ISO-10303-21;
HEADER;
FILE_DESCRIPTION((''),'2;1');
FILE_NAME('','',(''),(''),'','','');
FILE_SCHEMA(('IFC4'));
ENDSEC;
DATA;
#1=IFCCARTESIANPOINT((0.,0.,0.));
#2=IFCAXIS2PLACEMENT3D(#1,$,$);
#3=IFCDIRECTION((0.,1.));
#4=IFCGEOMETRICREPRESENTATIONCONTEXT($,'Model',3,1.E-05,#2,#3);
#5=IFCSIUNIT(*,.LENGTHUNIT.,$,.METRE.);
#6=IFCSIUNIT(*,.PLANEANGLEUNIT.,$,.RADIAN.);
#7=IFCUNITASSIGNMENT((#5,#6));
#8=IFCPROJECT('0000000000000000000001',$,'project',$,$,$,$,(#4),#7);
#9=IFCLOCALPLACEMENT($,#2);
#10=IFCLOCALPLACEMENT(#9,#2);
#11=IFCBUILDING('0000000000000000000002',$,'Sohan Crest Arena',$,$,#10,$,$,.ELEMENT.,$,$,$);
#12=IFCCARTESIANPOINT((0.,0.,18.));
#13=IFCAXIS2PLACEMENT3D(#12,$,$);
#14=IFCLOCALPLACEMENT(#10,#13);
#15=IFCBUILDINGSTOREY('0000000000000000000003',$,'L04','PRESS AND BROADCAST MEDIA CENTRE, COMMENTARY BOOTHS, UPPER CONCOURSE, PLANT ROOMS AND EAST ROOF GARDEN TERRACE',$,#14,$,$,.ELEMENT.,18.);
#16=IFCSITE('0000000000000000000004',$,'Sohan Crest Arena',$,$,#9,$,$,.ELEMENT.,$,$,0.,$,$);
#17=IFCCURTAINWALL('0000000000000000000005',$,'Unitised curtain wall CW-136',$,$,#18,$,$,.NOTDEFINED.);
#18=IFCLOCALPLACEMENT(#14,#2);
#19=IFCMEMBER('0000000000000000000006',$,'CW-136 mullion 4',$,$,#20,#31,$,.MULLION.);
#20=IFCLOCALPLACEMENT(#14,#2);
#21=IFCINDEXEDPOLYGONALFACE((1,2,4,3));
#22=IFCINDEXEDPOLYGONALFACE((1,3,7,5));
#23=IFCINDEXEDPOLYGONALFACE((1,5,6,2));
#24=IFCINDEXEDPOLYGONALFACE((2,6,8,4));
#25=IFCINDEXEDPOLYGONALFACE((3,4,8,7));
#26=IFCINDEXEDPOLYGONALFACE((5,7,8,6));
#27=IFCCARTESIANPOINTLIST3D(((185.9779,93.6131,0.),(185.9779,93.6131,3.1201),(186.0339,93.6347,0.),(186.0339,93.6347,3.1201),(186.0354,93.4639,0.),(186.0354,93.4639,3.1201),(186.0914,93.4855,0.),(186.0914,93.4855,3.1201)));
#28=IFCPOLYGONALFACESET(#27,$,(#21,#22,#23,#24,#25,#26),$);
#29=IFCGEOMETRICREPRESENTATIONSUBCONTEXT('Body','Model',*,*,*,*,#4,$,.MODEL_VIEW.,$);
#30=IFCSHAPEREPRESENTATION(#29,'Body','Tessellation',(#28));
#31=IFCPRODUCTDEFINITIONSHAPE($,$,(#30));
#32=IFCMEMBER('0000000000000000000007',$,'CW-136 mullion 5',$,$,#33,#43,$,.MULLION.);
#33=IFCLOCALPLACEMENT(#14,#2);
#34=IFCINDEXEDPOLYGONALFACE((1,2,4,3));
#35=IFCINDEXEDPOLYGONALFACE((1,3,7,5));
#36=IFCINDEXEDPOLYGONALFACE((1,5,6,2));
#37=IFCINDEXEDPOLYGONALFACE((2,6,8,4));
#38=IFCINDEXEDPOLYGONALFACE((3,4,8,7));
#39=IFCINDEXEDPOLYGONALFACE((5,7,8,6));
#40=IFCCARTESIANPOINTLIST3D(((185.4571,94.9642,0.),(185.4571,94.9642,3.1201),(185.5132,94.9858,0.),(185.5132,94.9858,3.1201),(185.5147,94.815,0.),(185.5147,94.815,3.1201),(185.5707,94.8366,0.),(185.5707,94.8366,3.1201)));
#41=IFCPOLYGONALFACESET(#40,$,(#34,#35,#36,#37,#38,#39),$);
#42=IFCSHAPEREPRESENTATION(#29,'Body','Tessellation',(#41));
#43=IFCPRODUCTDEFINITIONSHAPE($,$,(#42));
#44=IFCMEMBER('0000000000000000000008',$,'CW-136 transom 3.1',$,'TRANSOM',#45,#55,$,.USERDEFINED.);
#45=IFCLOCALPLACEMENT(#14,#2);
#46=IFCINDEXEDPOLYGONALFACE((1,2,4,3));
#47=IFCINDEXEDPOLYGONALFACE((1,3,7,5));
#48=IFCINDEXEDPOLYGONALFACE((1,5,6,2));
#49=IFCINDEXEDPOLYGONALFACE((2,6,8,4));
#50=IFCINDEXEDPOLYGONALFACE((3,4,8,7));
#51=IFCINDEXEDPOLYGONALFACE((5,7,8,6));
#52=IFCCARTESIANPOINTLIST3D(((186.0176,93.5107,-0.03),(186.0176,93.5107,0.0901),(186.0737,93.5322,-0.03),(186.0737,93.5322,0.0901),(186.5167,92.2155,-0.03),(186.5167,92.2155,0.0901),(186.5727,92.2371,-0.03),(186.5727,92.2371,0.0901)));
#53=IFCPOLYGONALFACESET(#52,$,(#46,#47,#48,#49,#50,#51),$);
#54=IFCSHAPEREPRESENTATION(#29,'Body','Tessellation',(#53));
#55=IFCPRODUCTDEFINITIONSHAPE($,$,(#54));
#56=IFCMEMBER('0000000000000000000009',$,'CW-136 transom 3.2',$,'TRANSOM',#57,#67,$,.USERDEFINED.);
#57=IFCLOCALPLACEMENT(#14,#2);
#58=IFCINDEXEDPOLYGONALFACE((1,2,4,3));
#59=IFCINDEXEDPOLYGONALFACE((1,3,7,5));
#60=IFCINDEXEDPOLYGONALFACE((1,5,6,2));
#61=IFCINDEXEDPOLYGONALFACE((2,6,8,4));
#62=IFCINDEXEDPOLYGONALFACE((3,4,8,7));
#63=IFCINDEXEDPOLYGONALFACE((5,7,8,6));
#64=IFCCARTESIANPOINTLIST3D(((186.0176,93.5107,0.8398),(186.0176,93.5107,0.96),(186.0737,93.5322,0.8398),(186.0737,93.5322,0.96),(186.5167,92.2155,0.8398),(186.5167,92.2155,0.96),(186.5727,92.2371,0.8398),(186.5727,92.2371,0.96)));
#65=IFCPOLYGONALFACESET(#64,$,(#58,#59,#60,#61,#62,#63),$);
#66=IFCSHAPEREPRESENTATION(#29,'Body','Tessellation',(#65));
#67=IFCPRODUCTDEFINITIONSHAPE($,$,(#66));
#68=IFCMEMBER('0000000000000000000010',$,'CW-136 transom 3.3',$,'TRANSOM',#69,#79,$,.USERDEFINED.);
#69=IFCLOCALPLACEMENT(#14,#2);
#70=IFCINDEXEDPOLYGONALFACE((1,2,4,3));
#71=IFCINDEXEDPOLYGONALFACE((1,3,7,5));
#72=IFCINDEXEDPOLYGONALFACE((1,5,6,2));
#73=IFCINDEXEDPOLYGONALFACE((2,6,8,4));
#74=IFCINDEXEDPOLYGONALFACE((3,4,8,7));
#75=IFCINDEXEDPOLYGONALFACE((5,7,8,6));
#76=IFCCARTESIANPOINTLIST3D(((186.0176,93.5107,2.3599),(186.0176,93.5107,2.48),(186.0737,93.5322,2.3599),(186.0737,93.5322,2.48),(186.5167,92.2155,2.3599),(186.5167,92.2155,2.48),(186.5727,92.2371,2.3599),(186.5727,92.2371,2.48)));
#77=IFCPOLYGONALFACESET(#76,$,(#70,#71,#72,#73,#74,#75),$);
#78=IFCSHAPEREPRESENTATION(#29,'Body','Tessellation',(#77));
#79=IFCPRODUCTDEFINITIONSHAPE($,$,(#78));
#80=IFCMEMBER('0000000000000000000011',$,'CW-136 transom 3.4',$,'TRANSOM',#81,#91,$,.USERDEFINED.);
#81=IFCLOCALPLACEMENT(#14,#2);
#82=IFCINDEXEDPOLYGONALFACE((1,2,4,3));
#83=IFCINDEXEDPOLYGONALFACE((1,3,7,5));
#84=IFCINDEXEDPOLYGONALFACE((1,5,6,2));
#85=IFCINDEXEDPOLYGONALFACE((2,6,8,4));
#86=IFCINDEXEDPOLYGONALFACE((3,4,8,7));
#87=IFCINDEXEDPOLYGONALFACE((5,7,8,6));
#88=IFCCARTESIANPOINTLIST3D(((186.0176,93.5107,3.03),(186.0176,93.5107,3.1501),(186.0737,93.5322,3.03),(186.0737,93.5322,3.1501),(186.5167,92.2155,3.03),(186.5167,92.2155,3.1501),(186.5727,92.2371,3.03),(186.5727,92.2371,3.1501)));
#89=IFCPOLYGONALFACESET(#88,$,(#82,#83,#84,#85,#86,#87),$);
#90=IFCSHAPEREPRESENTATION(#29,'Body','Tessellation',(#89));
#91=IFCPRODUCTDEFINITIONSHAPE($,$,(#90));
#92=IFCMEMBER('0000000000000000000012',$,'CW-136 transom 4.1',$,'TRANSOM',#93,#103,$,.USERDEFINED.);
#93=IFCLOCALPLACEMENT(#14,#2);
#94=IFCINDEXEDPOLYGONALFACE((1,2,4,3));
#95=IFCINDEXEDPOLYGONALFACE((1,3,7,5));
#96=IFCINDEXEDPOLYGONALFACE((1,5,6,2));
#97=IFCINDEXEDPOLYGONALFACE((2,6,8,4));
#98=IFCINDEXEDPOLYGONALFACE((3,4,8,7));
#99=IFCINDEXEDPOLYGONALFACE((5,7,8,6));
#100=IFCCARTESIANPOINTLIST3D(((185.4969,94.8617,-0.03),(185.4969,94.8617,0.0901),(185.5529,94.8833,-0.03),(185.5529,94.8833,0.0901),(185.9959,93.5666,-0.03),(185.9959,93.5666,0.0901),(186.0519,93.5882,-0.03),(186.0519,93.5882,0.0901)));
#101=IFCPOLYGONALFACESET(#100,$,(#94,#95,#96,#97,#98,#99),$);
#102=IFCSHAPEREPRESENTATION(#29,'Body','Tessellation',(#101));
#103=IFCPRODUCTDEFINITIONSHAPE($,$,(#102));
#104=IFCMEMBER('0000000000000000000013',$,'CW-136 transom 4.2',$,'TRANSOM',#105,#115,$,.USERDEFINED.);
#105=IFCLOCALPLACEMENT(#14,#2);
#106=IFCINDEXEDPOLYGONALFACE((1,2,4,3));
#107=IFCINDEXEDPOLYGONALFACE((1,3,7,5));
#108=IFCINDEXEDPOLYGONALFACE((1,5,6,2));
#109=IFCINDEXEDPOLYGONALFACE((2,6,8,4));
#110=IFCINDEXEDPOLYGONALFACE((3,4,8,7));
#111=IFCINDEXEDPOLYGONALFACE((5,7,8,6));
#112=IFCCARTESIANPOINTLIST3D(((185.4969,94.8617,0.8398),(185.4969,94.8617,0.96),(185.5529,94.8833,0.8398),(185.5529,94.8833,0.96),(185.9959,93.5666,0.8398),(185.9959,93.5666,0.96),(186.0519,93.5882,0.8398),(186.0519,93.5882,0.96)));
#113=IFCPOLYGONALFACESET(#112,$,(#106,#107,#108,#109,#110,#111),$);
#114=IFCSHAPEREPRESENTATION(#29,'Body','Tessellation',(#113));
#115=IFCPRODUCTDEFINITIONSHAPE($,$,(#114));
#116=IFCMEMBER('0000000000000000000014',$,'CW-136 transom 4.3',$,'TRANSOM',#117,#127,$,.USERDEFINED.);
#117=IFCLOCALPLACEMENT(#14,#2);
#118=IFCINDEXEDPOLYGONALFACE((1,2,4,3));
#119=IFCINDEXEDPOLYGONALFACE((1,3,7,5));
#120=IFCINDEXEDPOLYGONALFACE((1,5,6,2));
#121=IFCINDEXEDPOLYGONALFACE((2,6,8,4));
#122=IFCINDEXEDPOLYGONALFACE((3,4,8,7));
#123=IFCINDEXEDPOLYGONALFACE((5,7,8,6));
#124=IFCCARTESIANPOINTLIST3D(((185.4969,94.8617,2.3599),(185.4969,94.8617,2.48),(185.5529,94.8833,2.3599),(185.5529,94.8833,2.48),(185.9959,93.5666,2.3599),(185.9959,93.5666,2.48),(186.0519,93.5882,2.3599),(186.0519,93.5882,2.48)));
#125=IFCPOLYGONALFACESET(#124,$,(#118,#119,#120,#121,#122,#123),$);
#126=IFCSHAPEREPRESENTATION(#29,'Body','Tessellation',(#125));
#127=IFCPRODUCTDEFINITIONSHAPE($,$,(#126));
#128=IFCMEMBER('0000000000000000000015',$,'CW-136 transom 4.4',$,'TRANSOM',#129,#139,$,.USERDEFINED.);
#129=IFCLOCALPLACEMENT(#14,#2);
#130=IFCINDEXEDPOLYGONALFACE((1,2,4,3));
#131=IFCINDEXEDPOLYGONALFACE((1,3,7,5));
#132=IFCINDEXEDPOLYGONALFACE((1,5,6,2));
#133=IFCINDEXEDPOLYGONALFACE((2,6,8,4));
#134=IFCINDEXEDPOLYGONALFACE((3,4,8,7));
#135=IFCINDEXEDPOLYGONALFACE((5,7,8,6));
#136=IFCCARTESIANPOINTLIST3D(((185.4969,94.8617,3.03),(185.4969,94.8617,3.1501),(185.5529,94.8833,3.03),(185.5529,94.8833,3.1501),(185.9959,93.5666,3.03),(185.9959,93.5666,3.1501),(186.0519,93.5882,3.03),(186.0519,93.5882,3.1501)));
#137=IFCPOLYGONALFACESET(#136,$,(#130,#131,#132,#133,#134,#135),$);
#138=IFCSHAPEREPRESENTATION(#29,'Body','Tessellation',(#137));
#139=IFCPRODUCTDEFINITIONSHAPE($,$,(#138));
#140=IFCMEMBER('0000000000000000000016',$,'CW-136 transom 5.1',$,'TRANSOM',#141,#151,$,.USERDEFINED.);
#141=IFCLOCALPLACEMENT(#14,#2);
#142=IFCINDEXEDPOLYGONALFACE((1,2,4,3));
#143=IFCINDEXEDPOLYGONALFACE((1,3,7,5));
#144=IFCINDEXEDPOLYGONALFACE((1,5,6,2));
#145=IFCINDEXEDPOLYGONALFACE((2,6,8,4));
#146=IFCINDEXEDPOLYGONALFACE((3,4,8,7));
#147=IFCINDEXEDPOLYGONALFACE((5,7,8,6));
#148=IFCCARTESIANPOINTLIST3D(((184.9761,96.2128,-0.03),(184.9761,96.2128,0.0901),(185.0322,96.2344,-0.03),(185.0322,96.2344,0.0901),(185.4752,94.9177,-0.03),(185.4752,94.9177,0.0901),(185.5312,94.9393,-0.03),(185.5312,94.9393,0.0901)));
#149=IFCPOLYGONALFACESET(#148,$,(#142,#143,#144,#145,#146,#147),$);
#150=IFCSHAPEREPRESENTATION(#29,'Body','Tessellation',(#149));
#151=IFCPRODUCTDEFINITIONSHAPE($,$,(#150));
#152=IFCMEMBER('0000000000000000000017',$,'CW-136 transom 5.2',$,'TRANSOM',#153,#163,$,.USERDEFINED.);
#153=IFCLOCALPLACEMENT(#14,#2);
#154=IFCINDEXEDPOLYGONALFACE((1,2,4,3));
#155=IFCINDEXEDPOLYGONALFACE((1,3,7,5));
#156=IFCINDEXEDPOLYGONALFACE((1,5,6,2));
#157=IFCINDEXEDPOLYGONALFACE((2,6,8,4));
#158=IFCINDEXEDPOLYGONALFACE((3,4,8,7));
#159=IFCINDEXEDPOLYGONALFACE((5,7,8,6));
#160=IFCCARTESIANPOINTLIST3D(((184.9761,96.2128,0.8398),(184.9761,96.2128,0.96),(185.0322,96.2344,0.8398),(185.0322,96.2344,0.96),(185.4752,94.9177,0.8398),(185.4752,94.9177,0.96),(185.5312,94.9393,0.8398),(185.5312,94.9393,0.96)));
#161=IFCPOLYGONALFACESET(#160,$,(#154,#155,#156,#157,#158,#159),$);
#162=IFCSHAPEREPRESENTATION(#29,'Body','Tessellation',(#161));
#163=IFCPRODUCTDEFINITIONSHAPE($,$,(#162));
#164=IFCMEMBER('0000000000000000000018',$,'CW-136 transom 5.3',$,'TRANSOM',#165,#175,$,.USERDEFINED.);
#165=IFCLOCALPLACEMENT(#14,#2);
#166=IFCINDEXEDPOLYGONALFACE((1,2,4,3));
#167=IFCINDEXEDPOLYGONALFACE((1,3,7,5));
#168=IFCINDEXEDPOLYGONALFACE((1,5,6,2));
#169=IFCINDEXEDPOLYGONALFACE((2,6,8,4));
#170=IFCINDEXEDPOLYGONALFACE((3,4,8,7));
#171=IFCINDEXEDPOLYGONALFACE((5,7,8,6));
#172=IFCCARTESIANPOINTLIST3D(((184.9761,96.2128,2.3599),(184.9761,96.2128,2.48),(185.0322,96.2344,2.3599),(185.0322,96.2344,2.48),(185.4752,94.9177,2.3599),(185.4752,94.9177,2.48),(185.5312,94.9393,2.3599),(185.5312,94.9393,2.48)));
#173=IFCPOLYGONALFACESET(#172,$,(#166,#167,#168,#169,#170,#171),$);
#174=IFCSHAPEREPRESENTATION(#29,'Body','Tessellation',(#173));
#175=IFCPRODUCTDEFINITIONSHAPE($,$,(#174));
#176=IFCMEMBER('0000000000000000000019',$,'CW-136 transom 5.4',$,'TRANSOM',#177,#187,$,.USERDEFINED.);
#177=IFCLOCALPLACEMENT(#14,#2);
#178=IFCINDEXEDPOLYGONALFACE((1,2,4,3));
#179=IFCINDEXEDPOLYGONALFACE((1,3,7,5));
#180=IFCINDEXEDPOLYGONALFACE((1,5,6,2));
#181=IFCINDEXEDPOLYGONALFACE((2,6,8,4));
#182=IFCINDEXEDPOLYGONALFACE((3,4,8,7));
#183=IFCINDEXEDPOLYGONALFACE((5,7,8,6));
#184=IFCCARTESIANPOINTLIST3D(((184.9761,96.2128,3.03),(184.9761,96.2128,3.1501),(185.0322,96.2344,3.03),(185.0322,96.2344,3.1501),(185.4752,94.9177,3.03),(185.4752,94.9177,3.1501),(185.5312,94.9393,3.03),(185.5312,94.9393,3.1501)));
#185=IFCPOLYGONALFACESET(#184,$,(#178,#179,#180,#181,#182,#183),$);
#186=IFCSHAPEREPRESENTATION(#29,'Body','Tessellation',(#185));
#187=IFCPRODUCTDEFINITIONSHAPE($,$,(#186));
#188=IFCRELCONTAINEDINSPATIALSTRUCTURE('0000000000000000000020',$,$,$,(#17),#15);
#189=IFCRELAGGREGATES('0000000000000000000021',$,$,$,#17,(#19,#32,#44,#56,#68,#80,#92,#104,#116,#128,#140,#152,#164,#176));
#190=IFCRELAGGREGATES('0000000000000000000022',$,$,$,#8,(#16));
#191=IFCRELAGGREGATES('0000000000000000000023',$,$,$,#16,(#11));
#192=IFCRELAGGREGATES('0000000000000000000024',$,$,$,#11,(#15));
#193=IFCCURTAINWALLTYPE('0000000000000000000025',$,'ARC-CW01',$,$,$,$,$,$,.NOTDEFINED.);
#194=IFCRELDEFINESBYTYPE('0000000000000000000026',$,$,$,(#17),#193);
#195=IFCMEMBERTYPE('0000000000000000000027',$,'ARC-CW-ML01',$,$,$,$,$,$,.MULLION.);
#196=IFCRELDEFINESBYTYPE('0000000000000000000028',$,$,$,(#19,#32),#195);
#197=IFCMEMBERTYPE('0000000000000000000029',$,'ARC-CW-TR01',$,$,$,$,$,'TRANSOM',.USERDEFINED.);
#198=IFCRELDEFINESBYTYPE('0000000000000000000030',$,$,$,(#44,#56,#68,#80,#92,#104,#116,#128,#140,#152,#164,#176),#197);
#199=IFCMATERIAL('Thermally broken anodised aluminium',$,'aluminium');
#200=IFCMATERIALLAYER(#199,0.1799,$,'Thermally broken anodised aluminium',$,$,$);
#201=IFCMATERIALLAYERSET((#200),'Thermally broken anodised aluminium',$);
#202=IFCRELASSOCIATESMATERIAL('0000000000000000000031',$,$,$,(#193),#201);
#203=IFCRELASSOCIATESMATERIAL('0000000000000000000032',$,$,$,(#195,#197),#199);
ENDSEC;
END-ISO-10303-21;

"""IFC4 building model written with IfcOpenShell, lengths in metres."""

from ifc_helpers import new_model, si_unit, direction, frame, origin, origin_2d, place, context, subcontext, project, spatial, rectangle, extrude, material, layer, layer_set, material_profile, profile_set, type_object, element, aggregate, save


model = new_model("IFC4")

# Units and contexts
model_context = context("Model", 3, precision=1e-05, world=origin(), true_north=direction((0.0, 1.0)))
body_context = subcontext(model_context, "Body", "Model", "MODEL_VIEW")
ifc_project = project(units=[si_unit("LENGTHUNIT", "METRE"), si_unit("PLANEANGLEUNIT", "RADIAN")], contexts=[model_context])

# Site, building, storey
site_placement = place(None, origin())
site = spatial("IfcSite", under=ifc_project, at=site_placement, Name="Sohan Crest Arena", CompositionType="ELEMENT", RefElevation=0.0)
building_placement = place(site_placement, origin())
building = spatial("IfcBuilding", under=site, at=building_placement, Name="Sohan Crest Arena", CompositionType="ELEMENT")
storey_placement = place(building_placement, frame((0.0, 0.0, 18.0)))
storey = spatial("IfcBuildingStorey", under=building, at=storey_placement, Name="L04", Description="PRESS AND BROADCAST MEDIA CENTRE, COMMENTARY BOOTHS, UPPER CONCOURSE, PLANT ROOMS AND EAST ROOF GARDEN TERRACE", CompositionType="ELEMENT", Elevation=18.0)

# Curtain wall, members
ifc_material_1 = material(Name="Thermally broken anodised aluminium", Category="aluminium")
ifc_layer_1 = layer(ifc_material_1, 0.1799, Name="Thermally broken anodised aluminium")
ifc_layer_set_1 = layer_set([ifc_layer_1], Name="Thermally broken anodised aluminium")
curtain_wall_type = type_object("IfcCurtainWallType", Name="ARC-CW01", PredefinedType="NOTDEFINED", material=ifc_layer_set_1)
curtain_wall_placement = place(storey_placement, origin())
curtain_wall = element("IfcCurtainWall", 1, at=curtain_wall_placement, inside=storey, type_object=curtain_wall_type, Name="Unitised curtain wall CW-136", PredefinedType="NOTDEFINED")
ifc_material_profile_1 = material_profile(ifc_material_1, rectangle(XDim=0.0601, YDim=0.1599, at=origin_2d()), Name="ALU-MULL 60x160")
ifc_profile_set_1 = profile_set([ifc_material_profile_1], Name="Thermally broken anodised aluminium")
member_type_1 = type_object("IfcMemberType", Name="ARC-CW-ML01", PredefinedType="MULLION", material=ifc_profile_set_1)
member_1_placement = place(storey_placement, frame((186.0347, 93.5493, 0.0), z_axis=(0.0, 0.0, 1.0), x_axis=(-0.933094, -0.359633, 0.0)))
member_1 = element("IfcMember", 2, at=member_1_placement, type_object=member_type_1, Name="CW-136 mullion 4", PredefinedType="MULLION", context=body_context, shape_type="SweptSolid", body=[
    extrude(rectangle(XDim=0.0601, YDim=0.1599, at=origin_2d()), origin(), (0.0, 0.0, 1.0), 3.1201),
])
member_2_placement = place(storey_placement, frame((185.5139, 94.9004, 0.0), z_axis=(0.0, 0.0, 1.0), x_axis=(-0.933094, -0.359633, 0.0)))
member_2 = element("IfcMember", 3, at=member_2_placement, type_object=member_type_1, Name="CW-136 mullion 5", PredefinedType="MULLION", context=body_context, shape_type="SweptSolid", body=[
    extrude(rectangle(XDim=0.0601, YDim=0.1599, at=origin_2d()), origin(), (0.0, 0.0, 1.0), 3.1201),
])
ifc_material_profile_2 = material_profile(ifc_material_1, rectangle(XDim=0.0601, YDim=0.1201, at=origin_2d()), Name="ALU-TRAN 60x120")
ifc_profile_set_2 = profile_set([ifc_material_profile_2], Name="Thermally broken anodised aluminium")
member_type_2 = type_object("IfcMemberType", Name="ARC-CW-TR01", ElementType="TRANSOM", PredefinedType="USERDEFINED", material=ifc_profile_set_2)
member_3_placement = place(storey_placement, frame((186.5447, 92.2263, 0.03), z_axis=(-0.359533, 0.933132, 0.0), x_axis=(-0.933132, -0.359533, 0.0)))
member_3 = element("IfcMember", 4, at=member_3_placement, type_object=member_type_2, Name="CW-136 transom 3.1", ObjectType="TRANSOM", PredefinedType="USERDEFINED", context=body_context, shape_type="SweptSolid", body=[
    extrude(rectangle(XDim=0.0601, YDim=0.1201, at=origin_2d()), origin(), (0.0, 0.0, 1.0), 1.3879),
])
member_4_placement = place(storey_placement, frame((186.5447, 92.2263, 0.8999), z_axis=(-0.359533, 0.933132, 0.0), x_axis=(-0.933132, -0.359533, 0.0)))
member_4 = element("IfcMember", 5, at=member_4_placement, type_object=member_type_2, Name="CW-136 transom 3.2", ObjectType="TRANSOM", PredefinedType="USERDEFINED", context=body_context, shape_type="SweptSolid", body=[
    extrude(rectangle(XDim=0.0601, YDim=0.1201, at=origin_2d()), origin(), (0.0, 0.0, 1.0), 1.3879),
])
member_5_placement = place(storey_placement, frame((186.5447, 92.2263, 2.4199), z_axis=(-0.359533, 0.933132, 0.0), x_axis=(-0.933132, -0.359533, 0.0)))
member_5 = element("IfcMember", 6, at=member_5_placement, type_object=member_type_2, Name="CW-136 transom 3.3", ObjectType="TRANSOM", PredefinedType="USERDEFINED", context=body_context, shape_type="SweptSolid", body=[
    extrude(rectangle(XDim=0.0601, YDim=0.1201, at=origin_2d()), origin(), (0.0, 0.0, 1.0), 1.3879),
])
member_6_placement = place(storey_placement, frame((186.5447, 92.2263, 3.0901), z_axis=(-0.359533, 0.933132, 0.0), x_axis=(-0.933132, -0.359533, 0.0)))
member_6 = element("IfcMember", 7, at=member_6_placement, type_object=member_type_2, Name="CW-136 transom 3.4", ObjectType="TRANSOM", PredefinedType="USERDEFINED", context=body_context, shape_type="SweptSolid", body=[
    extrude(rectangle(XDim=0.0601, YDim=0.1201, at=origin_2d()), origin(), (0.0, 0.0, 1.0), 1.3879),
])
member_7_placement = place(storey_placement, frame((186.0239, 93.5774, 0.03), z_axis=(-0.359533, 0.933132, 0.0), x_axis=(-0.933132, -0.359533, 0.0)))
member_7 = element("IfcMember", 8, at=member_7_placement, type_object=member_type_2, Name="CW-136 transom 4.1", ObjectType="TRANSOM", PredefinedType="USERDEFINED", context=body_context, shape_type="SweptSolid", body=[
    extrude(rectangle(XDim=0.0601, YDim=0.1201, at=origin_2d()), origin(), (0.0, 0.0, 1.0), 1.3879),
])
member_8_placement = place(storey_placement, frame((186.0239, 93.5774, 0.8999), z_axis=(-0.359533, 0.933132, 0.0), x_axis=(-0.933132, -0.359533, 0.0)))
member_8 = element("IfcMember", 9, at=member_8_placement, type_object=member_type_2, Name="CW-136 transom 4.2", ObjectType="TRANSOM", PredefinedType="USERDEFINED", context=body_context, shape_type="SweptSolid", body=[
    extrude(rectangle(XDim=0.0601, YDim=0.1201, at=origin_2d()), origin(), (0.0, 0.0, 1.0), 1.3879),
])
member_9_placement = place(storey_placement, frame((186.0239, 93.5774, 2.4199), z_axis=(-0.359533, 0.933132, 0.0), x_axis=(-0.933132, -0.359533, 0.0)))
member_9 = element("IfcMember", 10, at=member_9_placement, type_object=member_type_2, Name="CW-136 transom 4.3", ObjectType="TRANSOM", PredefinedType="USERDEFINED", context=body_context, shape_type="SweptSolid", body=[
    extrude(rectangle(XDim=0.0601, YDim=0.1201, at=origin_2d()), origin(), (0.0, 0.0, 1.0), 1.3879),
])
member_10_placement = place(storey_placement, frame((186.0239, 93.5774, 3.0901), z_axis=(-0.359533, 0.933132, 0.0), x_axis=(-0.933132, -0.359533, 0.0)))
member_10 = element("IfcMember", 11, at=member_10_placement, type_object=member_type_2, Name="CW-136 transom 4.4", ObjectType="TRANSOM", PredefinedType="USERDEFINED", context=body_context, shape_type="SweptSolid", body=[
    extrude(rectangle(XDim=0.0601, YDim=0.1201, at=origin_2d()), origin(), (0.0, 0.0, 1.0), 1.3879),
])
member_11_placement = place(storey_placement, frame((185.5032, 94.9285, 0.03), z_axis=(-0.359533, 0.933132, 0.0), x_axis=(-0.933132, -0.359533, 0.0)))
member_11 = element("IfcMember", 12, at=member_11_placement, type_object=member_type_2, Name="CW-136 transom 5.1", ObjectType="TRANSOM", PredefinedType="USERDEFINED", context=body_context, shape_type="SweptSolid", body=[
    extrude(rectangle(XDim=0.0601, YDim=0.1201, at=origin_2d()), origin(), (0.0, 0.0, 1.0), 1.3879),
])
member_12_placement = place(storey_placement, frame((185.5032, 94.9285, 0.8999), z_axis=(-0.359533, 0.933132, 0.0), x_axis=(-0.933132, -0.359533, 0.0)))
member_12 = element("IfcMember", 13, at=member_12_placement, type_object=member_type_2, Name="CW-136 transom 5.2", ObjectType="TRANSOM", PredefinedType="USERDEFINED", context=body_context, shape_type="SweptSolid", body=[
    extrude(rectangle(XDim=0.0601, YDim=0.1201, at=origin_2d()), origin(), (0.0, 0.0, 1.0), 1.3879),
])
member_13_placement = place(storey_placement, frame((185.5032, 94.9285, 2.4199), z_axis=(-0.359533, 0.933132, 0.0), x_axis=(-0.933132, -0.359533, 0.0)))
member_13 = element("IfcMember", 14, at=member_13_placement, type_object=member_type_2, Name="CW-136 transom 5.3", ObjectType="TRANSOM", PredefinedType="USERDEFINED", context=body_context, shape_type="SweptSolid", body=[
    extrude(rectangle(XDim=0.0601, YDim=0.1201, at=origin_2d()), origin(), (0.0, 0.0, 1.0), 1.3879),
])
member_14_placement = place(storey_placement, frame((185.5032, 94.9285, 3.0901), z_axis=(-0.359533, 0.933132, 0.0), x_axis=(-0.933132, -0.359533, 0.0)))
member_14 = element("IfcMember", 15, at=member_14_placement, type_object=member_type_2, Name="CW-136 transom 5.4", ObjectType="TRANSOM", PredefinedType="USERDEFINED", context=body_context, shape_type="SweptSolid", body=[
    extrude(rectangle(XDim=0.0601, YDim=0.1201, at=origin_2d()), origin(), (0.0, 0.0, 1.0), 1.3879),
])

aggregate(curtain_wall, [member_1, member_2, member_3, member_4, member_5, member_6, member_7, member_8, member_9, member_10, member_11, member_12, member_13, member_14])

save(model, "model.ifc")
